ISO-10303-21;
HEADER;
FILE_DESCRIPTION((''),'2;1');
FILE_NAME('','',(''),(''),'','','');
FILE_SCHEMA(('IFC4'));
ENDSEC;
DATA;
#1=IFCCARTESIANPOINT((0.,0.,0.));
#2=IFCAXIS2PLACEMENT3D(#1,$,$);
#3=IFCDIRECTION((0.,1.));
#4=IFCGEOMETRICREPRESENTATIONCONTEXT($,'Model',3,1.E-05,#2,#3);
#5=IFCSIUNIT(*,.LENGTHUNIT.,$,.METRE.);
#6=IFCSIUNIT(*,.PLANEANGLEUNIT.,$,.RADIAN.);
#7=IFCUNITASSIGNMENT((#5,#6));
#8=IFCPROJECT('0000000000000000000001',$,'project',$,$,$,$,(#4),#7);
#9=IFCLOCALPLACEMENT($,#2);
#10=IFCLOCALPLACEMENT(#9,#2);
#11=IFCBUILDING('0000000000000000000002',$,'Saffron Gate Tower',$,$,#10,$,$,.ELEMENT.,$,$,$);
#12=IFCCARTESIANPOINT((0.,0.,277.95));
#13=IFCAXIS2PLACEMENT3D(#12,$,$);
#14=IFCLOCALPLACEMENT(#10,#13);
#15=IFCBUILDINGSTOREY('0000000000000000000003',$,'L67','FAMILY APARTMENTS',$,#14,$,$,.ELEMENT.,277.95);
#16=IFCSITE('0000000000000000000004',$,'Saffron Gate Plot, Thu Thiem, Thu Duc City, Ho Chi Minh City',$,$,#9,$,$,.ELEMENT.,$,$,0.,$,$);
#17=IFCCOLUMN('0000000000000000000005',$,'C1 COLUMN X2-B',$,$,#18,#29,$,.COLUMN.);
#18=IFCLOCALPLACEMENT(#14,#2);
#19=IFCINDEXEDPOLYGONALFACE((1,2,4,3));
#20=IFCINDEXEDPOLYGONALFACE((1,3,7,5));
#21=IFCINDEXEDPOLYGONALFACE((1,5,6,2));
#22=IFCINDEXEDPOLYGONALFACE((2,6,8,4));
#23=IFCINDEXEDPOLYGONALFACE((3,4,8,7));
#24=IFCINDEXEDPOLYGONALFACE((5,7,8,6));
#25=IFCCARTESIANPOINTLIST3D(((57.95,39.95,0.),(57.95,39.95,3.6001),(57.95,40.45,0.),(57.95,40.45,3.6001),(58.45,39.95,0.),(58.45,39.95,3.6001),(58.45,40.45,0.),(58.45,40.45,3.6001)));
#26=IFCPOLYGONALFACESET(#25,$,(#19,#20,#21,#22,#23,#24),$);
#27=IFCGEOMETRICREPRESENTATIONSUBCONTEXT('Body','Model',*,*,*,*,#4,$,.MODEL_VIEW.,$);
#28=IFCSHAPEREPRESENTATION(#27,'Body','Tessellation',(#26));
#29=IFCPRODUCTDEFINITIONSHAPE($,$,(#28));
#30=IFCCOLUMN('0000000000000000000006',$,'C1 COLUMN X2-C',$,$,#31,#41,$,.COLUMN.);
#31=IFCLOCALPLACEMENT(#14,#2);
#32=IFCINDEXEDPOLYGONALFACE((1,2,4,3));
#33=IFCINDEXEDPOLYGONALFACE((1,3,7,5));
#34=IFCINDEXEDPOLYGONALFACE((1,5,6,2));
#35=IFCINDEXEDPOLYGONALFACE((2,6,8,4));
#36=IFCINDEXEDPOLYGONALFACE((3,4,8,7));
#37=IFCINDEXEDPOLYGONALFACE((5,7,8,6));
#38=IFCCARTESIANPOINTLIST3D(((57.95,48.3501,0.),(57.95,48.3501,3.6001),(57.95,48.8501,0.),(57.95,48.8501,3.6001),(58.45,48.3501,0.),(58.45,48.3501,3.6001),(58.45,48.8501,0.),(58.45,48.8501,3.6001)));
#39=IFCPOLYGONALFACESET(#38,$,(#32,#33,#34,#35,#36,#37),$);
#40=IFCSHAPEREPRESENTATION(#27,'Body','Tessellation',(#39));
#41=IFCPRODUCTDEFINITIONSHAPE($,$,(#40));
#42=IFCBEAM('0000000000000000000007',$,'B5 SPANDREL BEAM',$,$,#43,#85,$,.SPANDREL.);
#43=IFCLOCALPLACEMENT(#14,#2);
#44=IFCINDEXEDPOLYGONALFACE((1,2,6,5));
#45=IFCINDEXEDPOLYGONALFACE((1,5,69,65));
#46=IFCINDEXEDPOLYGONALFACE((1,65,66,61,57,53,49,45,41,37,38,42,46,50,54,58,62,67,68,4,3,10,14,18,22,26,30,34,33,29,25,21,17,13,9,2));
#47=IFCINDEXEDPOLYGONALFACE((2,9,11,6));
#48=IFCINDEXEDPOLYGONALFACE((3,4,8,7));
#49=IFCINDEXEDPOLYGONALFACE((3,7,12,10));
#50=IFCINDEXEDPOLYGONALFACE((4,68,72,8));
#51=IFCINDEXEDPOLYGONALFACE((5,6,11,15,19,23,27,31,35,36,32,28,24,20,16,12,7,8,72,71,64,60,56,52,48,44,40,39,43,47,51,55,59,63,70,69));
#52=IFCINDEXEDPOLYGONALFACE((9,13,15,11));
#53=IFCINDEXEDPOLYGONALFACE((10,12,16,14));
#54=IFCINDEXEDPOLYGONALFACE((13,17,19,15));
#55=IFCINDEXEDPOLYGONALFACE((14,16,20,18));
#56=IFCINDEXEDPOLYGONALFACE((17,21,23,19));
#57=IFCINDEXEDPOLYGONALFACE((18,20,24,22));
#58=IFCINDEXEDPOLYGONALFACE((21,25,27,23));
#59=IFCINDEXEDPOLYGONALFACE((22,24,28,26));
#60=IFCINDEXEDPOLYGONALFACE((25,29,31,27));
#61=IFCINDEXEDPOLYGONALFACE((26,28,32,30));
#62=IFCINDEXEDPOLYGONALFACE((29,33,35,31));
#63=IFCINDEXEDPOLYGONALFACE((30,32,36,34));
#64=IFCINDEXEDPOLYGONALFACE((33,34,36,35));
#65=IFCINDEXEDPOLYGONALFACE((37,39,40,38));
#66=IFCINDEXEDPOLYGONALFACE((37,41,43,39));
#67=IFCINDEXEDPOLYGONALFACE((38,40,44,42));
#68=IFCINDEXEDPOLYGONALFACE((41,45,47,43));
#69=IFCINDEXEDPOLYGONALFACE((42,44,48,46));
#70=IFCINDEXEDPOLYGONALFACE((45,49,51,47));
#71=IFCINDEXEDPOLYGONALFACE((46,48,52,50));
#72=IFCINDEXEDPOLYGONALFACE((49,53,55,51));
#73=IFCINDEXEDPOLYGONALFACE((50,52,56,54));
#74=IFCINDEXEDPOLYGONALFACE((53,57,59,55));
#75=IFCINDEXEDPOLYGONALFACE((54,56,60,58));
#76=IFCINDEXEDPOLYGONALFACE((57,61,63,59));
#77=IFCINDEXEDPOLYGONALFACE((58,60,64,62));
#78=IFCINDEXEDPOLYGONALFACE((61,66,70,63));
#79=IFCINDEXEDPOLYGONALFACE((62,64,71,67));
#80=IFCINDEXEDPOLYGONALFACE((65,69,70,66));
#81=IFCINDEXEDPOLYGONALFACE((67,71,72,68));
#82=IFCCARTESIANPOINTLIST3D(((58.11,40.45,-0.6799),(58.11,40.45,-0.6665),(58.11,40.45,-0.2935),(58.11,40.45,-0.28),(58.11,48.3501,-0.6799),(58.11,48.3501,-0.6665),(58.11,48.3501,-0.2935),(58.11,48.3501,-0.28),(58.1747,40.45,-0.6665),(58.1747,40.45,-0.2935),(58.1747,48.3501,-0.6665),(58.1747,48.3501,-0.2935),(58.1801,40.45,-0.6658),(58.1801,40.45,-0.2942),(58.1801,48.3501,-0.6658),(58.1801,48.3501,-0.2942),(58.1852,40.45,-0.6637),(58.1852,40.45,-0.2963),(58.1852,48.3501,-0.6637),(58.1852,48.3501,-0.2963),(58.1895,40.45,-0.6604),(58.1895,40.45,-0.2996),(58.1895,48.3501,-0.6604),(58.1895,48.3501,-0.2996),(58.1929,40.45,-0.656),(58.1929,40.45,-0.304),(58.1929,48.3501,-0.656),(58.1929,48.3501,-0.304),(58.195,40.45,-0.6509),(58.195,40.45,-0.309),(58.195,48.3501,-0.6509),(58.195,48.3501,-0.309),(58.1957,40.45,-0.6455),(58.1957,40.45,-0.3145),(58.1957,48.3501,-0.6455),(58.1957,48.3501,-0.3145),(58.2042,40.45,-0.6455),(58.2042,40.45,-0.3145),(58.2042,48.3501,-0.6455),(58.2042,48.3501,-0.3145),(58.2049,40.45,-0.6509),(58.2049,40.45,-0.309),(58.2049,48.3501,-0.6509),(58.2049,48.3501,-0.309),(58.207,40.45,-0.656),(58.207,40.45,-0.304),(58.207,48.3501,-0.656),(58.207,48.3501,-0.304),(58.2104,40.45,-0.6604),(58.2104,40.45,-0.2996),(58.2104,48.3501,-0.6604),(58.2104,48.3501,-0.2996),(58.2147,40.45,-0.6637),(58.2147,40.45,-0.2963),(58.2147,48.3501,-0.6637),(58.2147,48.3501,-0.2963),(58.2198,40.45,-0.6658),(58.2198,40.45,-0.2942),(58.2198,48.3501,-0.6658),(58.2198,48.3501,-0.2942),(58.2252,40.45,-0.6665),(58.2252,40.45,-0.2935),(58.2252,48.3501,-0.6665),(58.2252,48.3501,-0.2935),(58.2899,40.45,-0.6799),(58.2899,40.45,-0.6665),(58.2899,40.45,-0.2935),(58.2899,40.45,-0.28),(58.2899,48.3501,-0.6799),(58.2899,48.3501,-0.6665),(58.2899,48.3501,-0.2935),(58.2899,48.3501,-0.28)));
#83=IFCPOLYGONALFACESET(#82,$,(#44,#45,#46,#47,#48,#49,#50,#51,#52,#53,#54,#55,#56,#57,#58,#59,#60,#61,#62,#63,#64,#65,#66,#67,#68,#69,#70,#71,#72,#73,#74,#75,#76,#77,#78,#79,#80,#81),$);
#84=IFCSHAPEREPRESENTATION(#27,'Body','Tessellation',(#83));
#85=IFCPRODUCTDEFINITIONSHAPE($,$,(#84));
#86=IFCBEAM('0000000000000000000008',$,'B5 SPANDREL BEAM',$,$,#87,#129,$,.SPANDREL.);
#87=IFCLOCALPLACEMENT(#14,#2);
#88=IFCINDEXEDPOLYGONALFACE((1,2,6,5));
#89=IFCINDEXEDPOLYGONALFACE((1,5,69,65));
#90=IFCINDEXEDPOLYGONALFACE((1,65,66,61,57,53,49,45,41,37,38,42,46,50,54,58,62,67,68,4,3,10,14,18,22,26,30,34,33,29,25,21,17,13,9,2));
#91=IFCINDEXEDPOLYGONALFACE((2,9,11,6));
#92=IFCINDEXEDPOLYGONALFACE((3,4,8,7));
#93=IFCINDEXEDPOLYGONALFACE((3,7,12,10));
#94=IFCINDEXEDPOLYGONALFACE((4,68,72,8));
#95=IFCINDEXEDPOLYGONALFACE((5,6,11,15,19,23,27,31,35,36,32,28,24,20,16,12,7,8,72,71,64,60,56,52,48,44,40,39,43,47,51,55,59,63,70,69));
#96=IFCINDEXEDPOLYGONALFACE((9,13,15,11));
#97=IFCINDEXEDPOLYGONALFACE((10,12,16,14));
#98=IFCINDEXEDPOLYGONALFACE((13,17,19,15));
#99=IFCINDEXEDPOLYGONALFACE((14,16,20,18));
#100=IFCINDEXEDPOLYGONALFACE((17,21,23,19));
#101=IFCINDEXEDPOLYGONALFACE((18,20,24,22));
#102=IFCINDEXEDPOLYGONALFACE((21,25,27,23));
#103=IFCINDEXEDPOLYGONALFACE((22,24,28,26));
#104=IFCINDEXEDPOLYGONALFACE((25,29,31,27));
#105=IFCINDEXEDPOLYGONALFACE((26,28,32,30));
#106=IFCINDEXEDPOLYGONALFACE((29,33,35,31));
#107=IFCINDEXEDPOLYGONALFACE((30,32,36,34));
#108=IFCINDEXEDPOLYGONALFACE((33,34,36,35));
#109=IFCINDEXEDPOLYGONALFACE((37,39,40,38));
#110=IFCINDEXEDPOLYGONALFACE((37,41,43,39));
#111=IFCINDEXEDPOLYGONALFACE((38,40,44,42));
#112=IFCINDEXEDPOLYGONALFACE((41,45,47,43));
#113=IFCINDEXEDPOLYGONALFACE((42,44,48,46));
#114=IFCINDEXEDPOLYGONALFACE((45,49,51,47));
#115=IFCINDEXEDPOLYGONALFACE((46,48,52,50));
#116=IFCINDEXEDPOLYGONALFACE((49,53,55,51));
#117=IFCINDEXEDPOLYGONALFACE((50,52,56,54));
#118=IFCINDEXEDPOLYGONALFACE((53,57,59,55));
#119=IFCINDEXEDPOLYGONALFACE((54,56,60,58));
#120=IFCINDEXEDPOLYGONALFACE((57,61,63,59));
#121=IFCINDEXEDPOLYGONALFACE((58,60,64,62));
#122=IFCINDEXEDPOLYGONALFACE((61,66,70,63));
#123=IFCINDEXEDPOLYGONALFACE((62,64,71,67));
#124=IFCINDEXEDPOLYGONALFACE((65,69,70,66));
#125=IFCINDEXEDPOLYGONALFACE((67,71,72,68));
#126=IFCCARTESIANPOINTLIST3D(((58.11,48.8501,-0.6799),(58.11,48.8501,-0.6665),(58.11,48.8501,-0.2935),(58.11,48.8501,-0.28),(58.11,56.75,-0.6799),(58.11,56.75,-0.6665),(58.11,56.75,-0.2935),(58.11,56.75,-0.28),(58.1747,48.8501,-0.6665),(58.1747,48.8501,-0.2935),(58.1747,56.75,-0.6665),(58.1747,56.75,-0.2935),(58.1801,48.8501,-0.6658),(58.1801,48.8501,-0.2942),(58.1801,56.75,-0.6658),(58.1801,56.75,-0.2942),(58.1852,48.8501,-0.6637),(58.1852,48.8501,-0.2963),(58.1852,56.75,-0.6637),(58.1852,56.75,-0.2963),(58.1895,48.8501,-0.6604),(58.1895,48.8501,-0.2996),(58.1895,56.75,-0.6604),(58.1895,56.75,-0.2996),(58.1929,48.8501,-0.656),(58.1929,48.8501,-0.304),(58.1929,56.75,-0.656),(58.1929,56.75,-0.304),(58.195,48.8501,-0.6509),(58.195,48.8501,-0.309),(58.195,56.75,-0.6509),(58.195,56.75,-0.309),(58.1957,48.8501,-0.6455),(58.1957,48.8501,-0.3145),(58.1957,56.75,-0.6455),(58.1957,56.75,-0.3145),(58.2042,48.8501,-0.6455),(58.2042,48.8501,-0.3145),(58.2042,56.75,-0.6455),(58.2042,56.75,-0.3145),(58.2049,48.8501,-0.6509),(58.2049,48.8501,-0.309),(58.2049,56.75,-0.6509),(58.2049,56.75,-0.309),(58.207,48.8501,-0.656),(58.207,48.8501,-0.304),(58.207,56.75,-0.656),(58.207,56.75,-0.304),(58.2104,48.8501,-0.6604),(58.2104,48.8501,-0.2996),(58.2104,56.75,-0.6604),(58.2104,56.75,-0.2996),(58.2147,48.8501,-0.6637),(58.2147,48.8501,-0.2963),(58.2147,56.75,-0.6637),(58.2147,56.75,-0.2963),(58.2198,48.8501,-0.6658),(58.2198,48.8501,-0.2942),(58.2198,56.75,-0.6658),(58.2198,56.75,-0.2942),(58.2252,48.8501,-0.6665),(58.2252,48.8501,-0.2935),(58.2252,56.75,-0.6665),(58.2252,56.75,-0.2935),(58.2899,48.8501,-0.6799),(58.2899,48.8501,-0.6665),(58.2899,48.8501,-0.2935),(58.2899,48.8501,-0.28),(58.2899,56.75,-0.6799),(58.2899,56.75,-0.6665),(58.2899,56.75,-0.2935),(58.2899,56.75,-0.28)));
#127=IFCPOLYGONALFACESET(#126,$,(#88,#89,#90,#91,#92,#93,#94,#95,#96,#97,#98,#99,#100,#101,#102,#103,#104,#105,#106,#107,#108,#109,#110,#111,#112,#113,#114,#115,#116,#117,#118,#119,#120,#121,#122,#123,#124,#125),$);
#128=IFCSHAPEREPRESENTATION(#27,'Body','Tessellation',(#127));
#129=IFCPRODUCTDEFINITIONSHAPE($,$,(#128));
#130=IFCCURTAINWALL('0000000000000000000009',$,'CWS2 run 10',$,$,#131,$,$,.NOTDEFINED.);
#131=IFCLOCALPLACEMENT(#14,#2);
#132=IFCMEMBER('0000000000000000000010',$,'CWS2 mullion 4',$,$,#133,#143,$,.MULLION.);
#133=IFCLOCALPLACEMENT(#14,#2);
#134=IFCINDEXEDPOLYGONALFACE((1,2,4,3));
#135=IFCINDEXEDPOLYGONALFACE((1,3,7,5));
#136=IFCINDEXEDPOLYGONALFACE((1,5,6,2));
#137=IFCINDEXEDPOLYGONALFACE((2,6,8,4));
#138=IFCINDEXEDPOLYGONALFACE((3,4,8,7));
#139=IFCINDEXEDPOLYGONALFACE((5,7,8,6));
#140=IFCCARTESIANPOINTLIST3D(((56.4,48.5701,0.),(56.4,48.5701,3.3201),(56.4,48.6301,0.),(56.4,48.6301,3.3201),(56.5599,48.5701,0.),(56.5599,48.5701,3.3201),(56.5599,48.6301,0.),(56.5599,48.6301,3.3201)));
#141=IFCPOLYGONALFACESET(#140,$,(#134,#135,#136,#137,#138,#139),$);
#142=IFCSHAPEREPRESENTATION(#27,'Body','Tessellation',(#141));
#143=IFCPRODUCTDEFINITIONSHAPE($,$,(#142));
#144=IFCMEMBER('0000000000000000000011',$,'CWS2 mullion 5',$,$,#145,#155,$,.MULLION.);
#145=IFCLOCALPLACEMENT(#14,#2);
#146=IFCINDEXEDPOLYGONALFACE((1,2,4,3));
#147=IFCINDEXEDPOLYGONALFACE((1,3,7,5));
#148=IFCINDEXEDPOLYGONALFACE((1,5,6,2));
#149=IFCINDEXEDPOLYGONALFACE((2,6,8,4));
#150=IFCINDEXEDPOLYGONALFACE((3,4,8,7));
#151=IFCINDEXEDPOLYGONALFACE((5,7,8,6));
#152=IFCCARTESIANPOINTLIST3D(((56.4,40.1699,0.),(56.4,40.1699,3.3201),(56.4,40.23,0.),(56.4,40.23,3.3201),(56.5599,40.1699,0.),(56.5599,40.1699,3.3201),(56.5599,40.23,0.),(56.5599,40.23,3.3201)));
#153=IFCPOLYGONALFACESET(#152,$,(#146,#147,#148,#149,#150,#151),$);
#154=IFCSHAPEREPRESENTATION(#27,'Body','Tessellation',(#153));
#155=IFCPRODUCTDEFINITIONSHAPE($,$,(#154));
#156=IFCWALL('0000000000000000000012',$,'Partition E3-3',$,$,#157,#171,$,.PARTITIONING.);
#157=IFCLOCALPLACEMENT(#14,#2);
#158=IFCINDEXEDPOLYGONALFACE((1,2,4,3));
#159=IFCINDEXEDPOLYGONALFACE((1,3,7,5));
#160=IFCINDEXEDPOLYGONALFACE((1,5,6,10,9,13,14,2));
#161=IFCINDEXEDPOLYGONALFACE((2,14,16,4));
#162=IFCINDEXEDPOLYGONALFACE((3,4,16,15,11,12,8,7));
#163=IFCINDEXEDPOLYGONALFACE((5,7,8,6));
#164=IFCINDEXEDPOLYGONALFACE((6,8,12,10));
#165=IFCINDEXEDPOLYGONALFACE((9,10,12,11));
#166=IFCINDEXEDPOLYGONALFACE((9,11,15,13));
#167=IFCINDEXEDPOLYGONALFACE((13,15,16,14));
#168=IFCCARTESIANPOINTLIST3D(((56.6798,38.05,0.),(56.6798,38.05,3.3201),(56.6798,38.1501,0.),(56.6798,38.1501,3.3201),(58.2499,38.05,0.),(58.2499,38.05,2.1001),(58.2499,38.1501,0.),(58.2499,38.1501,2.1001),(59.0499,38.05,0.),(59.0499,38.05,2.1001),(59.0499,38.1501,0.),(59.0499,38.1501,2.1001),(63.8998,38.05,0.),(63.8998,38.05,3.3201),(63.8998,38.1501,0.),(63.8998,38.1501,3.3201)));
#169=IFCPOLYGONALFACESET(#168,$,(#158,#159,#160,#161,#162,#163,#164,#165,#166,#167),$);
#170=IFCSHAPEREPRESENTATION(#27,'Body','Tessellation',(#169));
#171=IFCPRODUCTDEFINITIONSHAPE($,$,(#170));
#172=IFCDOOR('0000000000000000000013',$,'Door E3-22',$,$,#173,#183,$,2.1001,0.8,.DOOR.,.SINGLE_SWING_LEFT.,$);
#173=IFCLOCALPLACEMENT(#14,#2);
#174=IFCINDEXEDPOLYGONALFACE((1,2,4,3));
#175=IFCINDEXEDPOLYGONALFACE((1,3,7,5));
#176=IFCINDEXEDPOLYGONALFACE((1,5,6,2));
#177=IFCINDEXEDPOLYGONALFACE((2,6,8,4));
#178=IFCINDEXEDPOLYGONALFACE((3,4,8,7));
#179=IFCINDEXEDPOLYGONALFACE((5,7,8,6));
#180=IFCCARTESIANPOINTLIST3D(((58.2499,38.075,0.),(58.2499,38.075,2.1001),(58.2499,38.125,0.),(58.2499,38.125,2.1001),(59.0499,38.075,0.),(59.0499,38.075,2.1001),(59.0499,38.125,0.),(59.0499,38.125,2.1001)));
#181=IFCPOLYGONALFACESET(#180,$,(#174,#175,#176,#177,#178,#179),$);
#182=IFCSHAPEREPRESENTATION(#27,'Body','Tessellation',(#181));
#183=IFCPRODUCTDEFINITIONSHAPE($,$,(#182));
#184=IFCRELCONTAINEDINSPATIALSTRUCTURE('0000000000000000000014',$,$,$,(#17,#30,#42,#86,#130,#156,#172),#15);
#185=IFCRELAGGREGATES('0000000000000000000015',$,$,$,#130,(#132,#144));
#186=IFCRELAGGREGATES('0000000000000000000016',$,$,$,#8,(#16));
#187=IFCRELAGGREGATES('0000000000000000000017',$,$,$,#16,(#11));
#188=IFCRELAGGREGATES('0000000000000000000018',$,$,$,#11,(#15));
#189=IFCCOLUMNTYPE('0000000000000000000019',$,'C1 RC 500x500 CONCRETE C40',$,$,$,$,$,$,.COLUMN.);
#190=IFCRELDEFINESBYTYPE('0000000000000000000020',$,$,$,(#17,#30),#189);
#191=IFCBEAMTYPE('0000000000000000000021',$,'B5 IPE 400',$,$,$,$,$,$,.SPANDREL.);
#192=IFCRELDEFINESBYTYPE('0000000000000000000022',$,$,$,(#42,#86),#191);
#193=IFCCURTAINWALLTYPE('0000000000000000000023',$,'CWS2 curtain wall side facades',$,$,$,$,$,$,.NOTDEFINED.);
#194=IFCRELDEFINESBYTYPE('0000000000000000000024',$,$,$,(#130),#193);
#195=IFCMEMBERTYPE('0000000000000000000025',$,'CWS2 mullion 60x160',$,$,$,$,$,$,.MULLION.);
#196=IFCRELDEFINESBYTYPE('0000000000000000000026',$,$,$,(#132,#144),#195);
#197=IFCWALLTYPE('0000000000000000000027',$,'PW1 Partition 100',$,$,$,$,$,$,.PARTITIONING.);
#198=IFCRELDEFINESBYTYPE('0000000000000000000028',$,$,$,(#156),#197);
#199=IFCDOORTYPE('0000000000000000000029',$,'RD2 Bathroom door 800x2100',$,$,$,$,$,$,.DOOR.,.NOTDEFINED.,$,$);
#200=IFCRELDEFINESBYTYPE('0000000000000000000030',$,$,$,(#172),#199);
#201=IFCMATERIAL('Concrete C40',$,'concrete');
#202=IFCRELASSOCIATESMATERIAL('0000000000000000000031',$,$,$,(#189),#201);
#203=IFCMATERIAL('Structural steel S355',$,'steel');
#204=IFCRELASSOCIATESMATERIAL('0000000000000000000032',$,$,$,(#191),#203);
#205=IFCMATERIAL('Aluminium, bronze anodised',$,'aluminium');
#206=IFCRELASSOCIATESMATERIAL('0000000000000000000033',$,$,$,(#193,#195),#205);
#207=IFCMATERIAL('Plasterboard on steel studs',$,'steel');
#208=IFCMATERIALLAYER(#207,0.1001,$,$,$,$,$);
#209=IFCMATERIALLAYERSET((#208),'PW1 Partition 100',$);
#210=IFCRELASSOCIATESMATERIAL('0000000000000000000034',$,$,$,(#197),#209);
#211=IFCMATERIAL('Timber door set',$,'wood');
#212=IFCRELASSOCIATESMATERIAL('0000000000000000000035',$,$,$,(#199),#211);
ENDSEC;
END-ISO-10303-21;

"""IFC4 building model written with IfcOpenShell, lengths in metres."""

from ifc_helpers import new_model, si_unit, direction, frame, frame_2d, origin, origin_2d, place, context, subcontext, project, spatial, rectangle, i_section, extrude, material, layer, layer_set, material_profile, profile_set, type_object, element, fill, aggregate, save


model = new_model("IFC4")

# Units and contexts
model_context = context("Model", 3, precision=1e-05, world=origin(), true_north=direction((0.0, 1.0)))
body_context = subcontext(model_context, "Body", "Model", "MODEL_VIEW")
ifc_project = project(units=[si_unit("LENGTHUNIT", "METRE"), si_unit("PLANEANGLEUNIT", "RADIAN")], contexts=[model_context])

# Site, building, storey
site_placement = place(None, origin())
site = spatial("IfcSite", under=ifc_project, at=site_placement, Name="Saffron Gate Plot, Thu Thiem, Thu Duc City, Ho Chi Minh City", CompositionType="ELEMENT", RefElevation=0.0)
building_placement = place(site_placement, origin())
building = spatial("IfcBuilding", under=site, at=building_placement, Name="Saffron Gate Tower", CompositionType="ELEMENT")
storey_placement = place(building_placement, frame((0.0, 0.0, 277.95)))
storey = spatial("IfcBuildingStorey", under=building, at=storey_placement, Name="L67", Description="FAMILY APARTMENTS", CompositionType="ELEMENT", Elevation=277.95)

# Columns
ifc_material_1 = material(Name="Concrete C40", Category="concrete")
ifc_material_profile_1 = material_profile(ifc_material_1, rectangle(XDim=0.5, YDim=0.5, at=origin_2d()))
ifc_profile_set_1 = profile_set([ifc_material_profile_1], Name="Concrete C40")
column_type = type_object("IfcColumnType", Name="C1 RC 500x500 CONCRETE C40", PredefinedType="COLUMN", material=ifc_profile_set_1)
for number, where, z_axis, x_axis, name in (
    (1, (58.2, 40.2, 0.0), (0.0, 0.0, 1.0), (1.0, 0.0, 0.0), "C1 COLUMN X2-B"),
    (2, (58.2, 48.6001, 0.0), (0.0, 0.0, 1.0), (1.0, 0.0, 0.0), "C1 COLUMN X2-C"),
):
    element("IfcColumn", number, at=place(storey_placement, frame(where, z_axis=z_axis, x_axis=x_axis)), inside=storey, type_object=column_type, Name=name, PredefinedType="COLUMN", context=body_context, shape_type="SweptSolid", body=[
        extrude(rectangle(XDim=0.5, YDim=0.5, at=origin_2d()), origin(), (0.0, 0.0, 1.0), 3.6001),
    ])

# Beams
ifc_material_2 = material(Name="Structural steel S355", Category="steel")
ifc_material_profile_2 = material_profile(ifc_material_2, i_section(OverallWidth=0.1799, OverallDepth=0.3999, WebThickness=0.0085, FlangeThickness=0.0134, FilletRadius=0.021, at=origin_2d()))
ifc_profile_set_2 = profile_set([ifc_material_profile_2], Name="Structural steel S355")
beam_type = type_object("IfcBeamType", Name="B5 IPE 400", PredefinedType="SPANDREL", material=ifc_profile_set_2)
beam_1_placement = place(storey_placement, frame((58.2, 40.45, -0.48), z_axis=(0.0, 1.0, 0.0), x_axis=(-1.0, 0.0, 0.0)))
element("IfcBeam", 3, at=beam_1_placement, inside=storey, type_object=beam_type, Name="B5 SPANDREL BEAM", PredefinedType="SPANDREL", context=body_context, shape_type="SweptSolid", body=[
    extrude(i_section(OverallWidth=0.1799, OverallDepth=0.3999, WebThickness=0.0085, FlangeThickness=0.0134, FilletRadius=0.021, at=origin_2d()), origin(), (0.0, 0.0, 1.0), 7.9001),
])
beam_2_placement = place(storey_placement, frame((58.2, 48.8501, -0.48), z_axis=(0.0, 1.0, 0.0), x_axis=(-1.0, 0.0, 0.0)))
element("IfcBeam", 4, at=beam_2_placement, inside=storey, type_object=beam_type, Name="B5 SPANDREL BEAM", PredefinedType="SPANDREL", context=body_context, shape_type="SweptSolid", body=[
    extrude(i_section(OverallWidth=0.1799, OverallDepth=0.3999, WebThickness=0.0085, FlangeThickness=0.0134, FilletRadius=0.021, at=origin_2d()), origin(), (0.0, 0.0, 1.0), 7.8999),
])

# Curtain wall, members
ifc_material_3 = material(Name="Aluminium, bronze anodised", Category="aluminium")
curtain_wall_type = type_object("IfcCurtainWallType", Name="CWS2 curtain wall side facades", PredefinedType="NOTDEFINED", material=ifc_material_3)
curtain_wall_placement = place(storey_placement, origin())
curtain_wall = element("IfcCurtainWall", 5, at=curtain_wall_placement, inside=storey, type_object=curtain_wall_type, Name="CWS2 run 10", PredefinedType="NOTDEFINED")
ifc_material_profile_3 = material_profile(ifc_material_3, rectangle(XDim=0.1599, YDim=0.0601, at=origin_2d()))
ifc_profile_set_3 = profile_set([ifc_material_profile_3], Name="Aluminium, bronze anodised")
member_type = type_object("IfcMemberType", Name="CWS2 mullion 60x160", PredefinedType="MULLION", material=ifc_profile_set_3)
member_1_placement = place(storey_placement, frame((56.48, 48.6001, 0.0), z_axis=(0.0, 0.0, 1.0), x_axis=(1.0, 0.0, 0.0)))
member_1 = element("IfcMember", 6, at=member_1_placement, type_object=member_type, Name="CWS2 mullion 4", PredefinedType="MULLION", context=body_context, shape_type="SweptSolid", body=[
    extrude(rectangle(XDim=0.1599, YDim=0.0601, at=origin_2d()), origin(), (0.0, 0.0, 1.0), 3.3201),
])
member_2_placement = place(storey_placement, frame((56.48, 40.2, 0.0), z_axis=(0.0, 0.0, 1.0), x_axis=(1.0, 0.0, 0.0)))
member_2 = element("IfcMember", 7, at=member_2_placement, type_object=member_type, Name="CWS2 mullion 5", PredefinedType="MULLION", context=body_context, shape_type="SweptSolid", body=[
    extrude(rectangle(XDim=0.1599, YDim=0.0601, at=origin_2d()), origin(), (0.0, 0.0, 1.0), 3.3201),
])
aggregate(curtain_wall, [member_1, member_2])

# Wall, opening, door
ifc_material_4 = material(Name="Plasterboard on steel studs", Category="steel")
ifc_layer_1 = layer(ifc_material_4, 0.1001)
ifc_layer_set_1 = layer_set([ifc_layer_1], Name="PW1 Partition 100")
wall_type_1 = type_object("IfcWallType", Name="PW1 Partition 100", PredefinedType="PARTITIONING", material=ifc_layer_set_1)
wall_1_placement = place(storey_placement, frame((56.6799, 38.1001, 0.0), z_axis=(0.0, 0.0, 1.0), x_axis=(1.0, 0.0, 0.0)))
wall_1 = element("IfcWall", 8, at=wall_1_placement, inside=storey, type_object=wall_type_1, Name="Partition E3-3", PredefinedType="PARTITIONING", context=body_context, shape_type="SweptSolid", body=[
    extrude(rectangle(XDim=7.22, YDim=0.1001, at=frame_2d((3.6099, 0.0))), origin(), (0.0, 0.0, 1.0), 3.3201),
])
opening_1_placement = place(wall_1_placement, frame((1.5701, 0.0, 0.0)))
opening_1 = element("IfcOpeningElement", 9, at=opening_1_placement, cuts=wall_1, PredefinedType="OPENING", context=body_context, shape_type="SweptSolid", body=[
    extrude(rectangle(XDim=0.8, YDim=2.1001, at=frame_2d((0.3999, 1.05))), frame((0.0, 0.0601, 0.0), z_axis=(0.0, -1.0, 0.0), x_axis=(1.0, 0.0, 0.0)), (0.0, 0.0, 1.0), 0.1201),
])
ifc_material_5 = material(Name="Timber door set", Category="wood")
door_type_1 = type_object("IfcDoorType", Name="RD2 Bathroom door 800x2100", OperationType="NOTDEFINED", PredefinedType="DOOR", material=ifc_material_5)
door_1_placement = place(opening_1_placement, origin())
door_1 = element("IfcDoor", 10, at=door_1_placement, inside=storey, type_object=door_type_1, Name="Door E3-22", OperationType="SINGLE_SWING_LEFT", OverallHeight=2.1001, OverallWidth=0.8, PredefinedType="DOOR", context=body_context, shape_type="SweptSolid", body=[
    extrude(rectangle(XDim=0.8, YDim=2.1001, at=frame_2d((0.3999, 1.05))), frame((0.0, 0.0249, 0.0), z_axis=(0.0, -1.0, 0.0), x_axis=(1.0, 0.0, 0.0)), (0.0, 0.0, 1.0), 0.05),
])
fill(opening_1, door_1)

save(model, "model.ifc")
